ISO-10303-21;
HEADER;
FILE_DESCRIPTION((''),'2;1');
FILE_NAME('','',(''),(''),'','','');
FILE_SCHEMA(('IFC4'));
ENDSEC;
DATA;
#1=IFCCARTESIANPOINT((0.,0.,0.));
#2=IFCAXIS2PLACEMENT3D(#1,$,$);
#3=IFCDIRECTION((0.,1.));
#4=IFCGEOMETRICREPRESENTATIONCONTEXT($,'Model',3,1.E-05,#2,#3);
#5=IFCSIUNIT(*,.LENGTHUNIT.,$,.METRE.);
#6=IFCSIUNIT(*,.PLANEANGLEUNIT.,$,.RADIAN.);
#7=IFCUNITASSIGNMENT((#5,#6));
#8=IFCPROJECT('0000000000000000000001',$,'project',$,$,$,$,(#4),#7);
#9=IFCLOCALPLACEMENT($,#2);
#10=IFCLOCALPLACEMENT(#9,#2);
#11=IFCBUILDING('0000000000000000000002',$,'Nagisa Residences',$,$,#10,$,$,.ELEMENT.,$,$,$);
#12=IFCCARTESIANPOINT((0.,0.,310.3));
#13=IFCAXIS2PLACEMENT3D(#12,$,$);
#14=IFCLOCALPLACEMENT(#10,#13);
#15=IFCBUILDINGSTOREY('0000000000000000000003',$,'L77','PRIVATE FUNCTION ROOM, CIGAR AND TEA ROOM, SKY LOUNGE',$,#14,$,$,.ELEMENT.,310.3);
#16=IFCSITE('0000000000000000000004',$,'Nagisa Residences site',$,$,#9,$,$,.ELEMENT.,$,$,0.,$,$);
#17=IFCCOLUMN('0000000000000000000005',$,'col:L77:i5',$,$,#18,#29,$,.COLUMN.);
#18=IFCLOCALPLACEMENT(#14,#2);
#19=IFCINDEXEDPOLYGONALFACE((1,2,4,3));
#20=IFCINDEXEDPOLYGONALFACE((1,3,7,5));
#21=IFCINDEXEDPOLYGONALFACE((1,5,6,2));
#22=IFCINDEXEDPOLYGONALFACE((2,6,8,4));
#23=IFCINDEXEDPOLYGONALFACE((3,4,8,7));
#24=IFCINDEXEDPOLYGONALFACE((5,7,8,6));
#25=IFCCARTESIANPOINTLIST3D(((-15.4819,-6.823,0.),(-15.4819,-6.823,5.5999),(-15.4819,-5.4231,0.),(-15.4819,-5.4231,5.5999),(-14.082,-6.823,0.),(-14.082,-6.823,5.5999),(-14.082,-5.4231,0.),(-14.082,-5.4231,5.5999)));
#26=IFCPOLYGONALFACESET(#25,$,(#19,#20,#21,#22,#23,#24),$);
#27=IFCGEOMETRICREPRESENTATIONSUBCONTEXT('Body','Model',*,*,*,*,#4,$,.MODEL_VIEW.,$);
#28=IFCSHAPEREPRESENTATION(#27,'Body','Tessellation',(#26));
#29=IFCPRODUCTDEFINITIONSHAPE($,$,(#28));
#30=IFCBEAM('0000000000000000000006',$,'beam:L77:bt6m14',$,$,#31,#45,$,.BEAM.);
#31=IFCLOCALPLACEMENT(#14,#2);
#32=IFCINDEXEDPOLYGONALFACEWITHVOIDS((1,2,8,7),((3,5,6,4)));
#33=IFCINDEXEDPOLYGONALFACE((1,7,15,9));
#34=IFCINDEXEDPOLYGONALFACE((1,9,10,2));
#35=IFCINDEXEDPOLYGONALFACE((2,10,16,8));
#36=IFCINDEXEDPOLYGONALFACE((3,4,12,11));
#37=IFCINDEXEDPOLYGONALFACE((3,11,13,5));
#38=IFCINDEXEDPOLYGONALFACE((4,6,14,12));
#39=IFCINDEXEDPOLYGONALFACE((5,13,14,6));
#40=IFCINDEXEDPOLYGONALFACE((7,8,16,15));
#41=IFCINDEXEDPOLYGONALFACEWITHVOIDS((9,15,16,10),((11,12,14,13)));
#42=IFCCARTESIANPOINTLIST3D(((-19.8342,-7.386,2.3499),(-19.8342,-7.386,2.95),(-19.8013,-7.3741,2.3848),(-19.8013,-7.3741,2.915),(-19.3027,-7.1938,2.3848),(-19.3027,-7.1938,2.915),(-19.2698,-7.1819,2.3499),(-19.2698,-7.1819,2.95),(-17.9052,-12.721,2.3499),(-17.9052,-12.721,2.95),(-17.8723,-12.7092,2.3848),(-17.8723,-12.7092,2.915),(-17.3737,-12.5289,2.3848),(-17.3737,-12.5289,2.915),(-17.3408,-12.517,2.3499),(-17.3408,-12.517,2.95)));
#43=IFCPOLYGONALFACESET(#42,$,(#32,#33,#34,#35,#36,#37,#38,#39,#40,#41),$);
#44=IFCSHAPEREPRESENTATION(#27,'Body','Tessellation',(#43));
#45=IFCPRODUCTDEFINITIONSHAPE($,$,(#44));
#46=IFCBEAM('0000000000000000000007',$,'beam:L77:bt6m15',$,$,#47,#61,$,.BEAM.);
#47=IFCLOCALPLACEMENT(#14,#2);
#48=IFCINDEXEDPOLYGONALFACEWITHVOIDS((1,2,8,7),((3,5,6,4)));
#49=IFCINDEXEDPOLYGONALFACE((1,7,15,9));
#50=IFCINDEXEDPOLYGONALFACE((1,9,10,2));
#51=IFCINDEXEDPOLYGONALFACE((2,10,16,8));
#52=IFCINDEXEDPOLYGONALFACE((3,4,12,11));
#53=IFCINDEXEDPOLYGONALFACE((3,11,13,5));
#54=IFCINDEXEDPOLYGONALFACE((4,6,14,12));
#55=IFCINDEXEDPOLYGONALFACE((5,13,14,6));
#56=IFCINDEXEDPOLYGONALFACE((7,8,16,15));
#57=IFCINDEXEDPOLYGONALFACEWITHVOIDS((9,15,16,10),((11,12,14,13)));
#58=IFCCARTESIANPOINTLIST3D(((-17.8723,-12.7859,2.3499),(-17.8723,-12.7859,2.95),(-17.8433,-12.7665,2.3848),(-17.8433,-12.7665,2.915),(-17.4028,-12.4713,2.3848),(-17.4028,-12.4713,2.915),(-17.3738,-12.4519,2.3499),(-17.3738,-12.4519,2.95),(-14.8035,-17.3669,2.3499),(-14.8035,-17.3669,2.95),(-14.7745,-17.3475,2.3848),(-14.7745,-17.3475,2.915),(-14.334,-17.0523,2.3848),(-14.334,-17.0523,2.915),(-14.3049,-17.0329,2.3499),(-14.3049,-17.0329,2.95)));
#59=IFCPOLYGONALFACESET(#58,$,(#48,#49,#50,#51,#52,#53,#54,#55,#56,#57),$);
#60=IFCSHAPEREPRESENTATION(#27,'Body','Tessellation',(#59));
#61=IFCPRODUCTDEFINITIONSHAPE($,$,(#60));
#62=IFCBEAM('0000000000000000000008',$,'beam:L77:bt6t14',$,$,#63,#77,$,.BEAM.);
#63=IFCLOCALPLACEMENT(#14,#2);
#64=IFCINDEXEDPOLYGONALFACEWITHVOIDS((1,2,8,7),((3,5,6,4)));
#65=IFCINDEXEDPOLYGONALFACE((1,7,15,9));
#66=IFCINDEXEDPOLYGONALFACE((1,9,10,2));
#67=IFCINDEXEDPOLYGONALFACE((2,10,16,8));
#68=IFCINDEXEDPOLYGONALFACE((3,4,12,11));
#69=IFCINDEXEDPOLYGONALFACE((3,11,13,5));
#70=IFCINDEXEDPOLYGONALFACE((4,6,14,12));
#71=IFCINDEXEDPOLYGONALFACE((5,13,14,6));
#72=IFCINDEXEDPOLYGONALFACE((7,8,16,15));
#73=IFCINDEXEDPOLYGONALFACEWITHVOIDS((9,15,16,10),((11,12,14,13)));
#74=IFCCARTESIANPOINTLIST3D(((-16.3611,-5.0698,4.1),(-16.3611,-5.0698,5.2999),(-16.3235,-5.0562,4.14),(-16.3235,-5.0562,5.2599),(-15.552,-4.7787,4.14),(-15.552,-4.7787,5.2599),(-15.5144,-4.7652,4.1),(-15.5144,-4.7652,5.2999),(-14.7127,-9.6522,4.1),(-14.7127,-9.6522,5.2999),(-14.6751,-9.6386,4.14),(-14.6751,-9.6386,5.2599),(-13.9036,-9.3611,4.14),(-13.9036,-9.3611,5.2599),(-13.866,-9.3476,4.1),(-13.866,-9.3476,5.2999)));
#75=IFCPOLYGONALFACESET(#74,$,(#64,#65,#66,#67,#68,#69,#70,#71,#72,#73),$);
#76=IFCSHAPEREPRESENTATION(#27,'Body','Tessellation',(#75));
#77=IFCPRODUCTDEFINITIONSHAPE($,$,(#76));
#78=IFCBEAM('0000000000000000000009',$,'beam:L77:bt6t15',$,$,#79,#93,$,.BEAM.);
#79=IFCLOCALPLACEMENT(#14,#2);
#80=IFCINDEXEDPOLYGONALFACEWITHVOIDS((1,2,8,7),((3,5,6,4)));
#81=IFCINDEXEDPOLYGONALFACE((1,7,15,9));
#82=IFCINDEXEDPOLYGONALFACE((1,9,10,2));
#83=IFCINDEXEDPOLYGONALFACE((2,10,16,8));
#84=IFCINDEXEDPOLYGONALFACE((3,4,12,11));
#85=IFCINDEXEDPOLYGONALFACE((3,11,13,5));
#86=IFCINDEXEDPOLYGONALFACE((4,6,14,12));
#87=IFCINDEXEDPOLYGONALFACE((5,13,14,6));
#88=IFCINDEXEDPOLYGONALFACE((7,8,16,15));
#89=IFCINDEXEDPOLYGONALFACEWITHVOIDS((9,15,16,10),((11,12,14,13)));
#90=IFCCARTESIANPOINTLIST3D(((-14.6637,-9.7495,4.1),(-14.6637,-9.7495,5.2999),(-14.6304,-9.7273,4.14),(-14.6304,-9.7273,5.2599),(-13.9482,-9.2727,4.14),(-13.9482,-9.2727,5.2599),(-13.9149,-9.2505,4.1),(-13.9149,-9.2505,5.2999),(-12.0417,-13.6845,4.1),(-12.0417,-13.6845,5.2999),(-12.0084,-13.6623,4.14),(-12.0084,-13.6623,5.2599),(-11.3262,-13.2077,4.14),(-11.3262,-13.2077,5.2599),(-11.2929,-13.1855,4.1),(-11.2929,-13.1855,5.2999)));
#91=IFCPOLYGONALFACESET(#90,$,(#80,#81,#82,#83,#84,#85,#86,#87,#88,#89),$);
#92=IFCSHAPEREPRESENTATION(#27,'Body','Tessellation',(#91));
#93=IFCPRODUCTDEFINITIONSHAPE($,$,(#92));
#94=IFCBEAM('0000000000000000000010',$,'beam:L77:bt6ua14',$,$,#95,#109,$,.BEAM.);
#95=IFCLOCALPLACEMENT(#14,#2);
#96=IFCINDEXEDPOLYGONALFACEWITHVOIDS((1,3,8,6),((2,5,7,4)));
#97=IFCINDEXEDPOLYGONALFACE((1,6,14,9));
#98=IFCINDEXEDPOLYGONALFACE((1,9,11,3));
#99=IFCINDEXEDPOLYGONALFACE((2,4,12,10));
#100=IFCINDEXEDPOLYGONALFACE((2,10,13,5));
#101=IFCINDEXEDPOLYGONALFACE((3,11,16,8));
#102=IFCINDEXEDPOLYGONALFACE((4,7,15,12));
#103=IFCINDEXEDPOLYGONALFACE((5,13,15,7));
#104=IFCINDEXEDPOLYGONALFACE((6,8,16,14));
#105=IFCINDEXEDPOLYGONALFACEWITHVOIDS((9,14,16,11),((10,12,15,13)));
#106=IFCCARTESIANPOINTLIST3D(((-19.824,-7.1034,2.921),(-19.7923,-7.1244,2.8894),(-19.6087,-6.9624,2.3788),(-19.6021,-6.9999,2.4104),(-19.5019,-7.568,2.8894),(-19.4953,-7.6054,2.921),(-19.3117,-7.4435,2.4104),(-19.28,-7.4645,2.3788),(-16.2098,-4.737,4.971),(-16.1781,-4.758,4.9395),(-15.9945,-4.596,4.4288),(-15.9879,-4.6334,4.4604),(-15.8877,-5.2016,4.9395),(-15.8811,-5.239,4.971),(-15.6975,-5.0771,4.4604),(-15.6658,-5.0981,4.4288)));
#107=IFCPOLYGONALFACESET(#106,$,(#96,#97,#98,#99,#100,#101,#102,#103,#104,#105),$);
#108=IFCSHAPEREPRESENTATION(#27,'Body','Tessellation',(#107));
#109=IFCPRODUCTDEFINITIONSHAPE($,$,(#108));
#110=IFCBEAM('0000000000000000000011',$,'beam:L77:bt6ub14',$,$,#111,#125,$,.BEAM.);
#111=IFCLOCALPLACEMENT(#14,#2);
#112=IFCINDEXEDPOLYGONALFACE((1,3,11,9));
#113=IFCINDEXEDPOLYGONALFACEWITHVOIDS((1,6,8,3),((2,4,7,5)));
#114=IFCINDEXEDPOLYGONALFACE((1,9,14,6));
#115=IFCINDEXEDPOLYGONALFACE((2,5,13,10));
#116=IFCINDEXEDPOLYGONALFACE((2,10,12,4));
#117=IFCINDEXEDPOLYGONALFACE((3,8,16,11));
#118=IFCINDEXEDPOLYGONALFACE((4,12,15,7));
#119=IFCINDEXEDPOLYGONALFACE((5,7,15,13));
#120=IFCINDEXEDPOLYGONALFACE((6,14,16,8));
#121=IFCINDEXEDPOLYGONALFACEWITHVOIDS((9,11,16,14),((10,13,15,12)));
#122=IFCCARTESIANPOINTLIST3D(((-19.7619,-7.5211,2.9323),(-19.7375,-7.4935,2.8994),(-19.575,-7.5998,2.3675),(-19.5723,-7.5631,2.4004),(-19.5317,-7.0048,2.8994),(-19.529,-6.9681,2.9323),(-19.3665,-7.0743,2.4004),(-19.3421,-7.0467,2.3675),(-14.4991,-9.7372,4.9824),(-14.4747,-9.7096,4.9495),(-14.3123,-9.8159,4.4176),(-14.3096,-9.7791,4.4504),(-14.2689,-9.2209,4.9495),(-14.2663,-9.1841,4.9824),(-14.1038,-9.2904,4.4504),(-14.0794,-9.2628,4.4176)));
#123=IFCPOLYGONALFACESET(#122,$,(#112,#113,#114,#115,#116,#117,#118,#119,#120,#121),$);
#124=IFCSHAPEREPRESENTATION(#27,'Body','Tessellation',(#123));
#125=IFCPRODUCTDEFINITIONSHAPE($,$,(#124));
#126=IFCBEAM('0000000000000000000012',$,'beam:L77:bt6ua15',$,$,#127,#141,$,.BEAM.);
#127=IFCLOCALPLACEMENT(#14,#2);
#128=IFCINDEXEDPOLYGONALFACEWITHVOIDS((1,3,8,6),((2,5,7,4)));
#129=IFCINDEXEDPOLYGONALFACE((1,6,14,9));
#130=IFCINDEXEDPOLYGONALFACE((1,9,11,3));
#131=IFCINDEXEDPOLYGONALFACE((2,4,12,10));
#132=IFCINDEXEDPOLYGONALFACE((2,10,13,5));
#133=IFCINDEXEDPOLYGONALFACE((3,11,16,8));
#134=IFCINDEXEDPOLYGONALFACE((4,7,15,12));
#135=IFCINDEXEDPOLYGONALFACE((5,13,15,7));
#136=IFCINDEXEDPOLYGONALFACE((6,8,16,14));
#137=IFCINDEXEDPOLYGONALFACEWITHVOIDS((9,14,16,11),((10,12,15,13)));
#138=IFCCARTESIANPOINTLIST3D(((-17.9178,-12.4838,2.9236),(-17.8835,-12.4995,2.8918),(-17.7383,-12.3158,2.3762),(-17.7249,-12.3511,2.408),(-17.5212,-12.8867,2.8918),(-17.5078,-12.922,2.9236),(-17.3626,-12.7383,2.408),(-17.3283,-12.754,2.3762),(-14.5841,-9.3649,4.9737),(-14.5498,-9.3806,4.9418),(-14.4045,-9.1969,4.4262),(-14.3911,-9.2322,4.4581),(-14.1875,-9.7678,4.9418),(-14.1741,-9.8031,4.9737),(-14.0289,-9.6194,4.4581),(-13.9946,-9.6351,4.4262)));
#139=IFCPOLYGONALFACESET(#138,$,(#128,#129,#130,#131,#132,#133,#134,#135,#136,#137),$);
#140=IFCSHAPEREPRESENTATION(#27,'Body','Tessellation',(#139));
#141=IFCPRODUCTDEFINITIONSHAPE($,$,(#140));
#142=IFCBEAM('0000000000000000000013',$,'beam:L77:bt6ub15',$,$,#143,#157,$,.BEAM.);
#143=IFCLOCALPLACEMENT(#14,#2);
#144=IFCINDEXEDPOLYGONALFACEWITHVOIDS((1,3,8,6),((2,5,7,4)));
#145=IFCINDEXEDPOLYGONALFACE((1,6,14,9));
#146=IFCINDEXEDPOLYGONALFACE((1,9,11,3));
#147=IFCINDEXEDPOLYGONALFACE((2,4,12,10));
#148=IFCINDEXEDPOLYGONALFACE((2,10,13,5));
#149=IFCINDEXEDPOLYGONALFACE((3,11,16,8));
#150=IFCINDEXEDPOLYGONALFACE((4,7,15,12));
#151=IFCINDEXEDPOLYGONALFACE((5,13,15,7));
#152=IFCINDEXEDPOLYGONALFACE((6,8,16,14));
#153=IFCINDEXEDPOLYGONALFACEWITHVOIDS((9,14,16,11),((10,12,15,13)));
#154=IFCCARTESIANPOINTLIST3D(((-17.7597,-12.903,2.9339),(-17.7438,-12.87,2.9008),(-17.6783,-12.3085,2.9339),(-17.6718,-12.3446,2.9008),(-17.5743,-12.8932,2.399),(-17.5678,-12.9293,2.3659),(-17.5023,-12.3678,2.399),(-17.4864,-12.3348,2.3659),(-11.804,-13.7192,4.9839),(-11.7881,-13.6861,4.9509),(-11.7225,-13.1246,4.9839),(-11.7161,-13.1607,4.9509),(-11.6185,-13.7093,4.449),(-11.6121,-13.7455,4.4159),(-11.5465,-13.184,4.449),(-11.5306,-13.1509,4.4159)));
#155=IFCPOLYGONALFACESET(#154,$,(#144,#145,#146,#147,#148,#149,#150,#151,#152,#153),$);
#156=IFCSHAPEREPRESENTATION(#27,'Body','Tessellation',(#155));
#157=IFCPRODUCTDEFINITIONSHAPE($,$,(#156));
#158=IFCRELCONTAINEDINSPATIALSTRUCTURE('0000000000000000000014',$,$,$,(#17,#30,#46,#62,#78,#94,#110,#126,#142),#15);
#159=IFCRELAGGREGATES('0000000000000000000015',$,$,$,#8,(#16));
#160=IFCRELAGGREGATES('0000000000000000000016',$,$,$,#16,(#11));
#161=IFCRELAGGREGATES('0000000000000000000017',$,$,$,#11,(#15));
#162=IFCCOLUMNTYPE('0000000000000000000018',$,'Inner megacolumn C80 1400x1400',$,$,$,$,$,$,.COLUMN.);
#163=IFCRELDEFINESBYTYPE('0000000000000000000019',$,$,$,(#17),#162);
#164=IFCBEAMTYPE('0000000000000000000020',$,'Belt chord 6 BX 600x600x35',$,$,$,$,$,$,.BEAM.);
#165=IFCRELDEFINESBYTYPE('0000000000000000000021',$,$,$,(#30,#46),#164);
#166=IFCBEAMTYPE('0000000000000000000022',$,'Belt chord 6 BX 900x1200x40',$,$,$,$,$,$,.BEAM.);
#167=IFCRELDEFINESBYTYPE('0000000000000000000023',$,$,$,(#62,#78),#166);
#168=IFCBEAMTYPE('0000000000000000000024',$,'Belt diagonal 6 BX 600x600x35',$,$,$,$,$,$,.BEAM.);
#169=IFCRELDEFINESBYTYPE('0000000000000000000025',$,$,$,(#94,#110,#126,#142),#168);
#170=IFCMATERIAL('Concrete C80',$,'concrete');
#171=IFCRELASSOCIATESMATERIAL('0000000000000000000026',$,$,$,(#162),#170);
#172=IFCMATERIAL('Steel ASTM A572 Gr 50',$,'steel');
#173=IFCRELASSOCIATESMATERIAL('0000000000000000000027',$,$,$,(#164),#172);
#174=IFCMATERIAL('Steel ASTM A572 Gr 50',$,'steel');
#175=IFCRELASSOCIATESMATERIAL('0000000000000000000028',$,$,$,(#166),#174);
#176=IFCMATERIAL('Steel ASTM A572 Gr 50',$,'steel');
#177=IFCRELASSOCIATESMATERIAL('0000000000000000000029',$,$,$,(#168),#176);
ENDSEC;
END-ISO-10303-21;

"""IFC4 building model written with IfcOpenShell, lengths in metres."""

from ifc_helpers import new_model, si_unit, direction, frame, origin, origin_2d, place, context, subcontext, project, spatial, rectangle, hollow_rectangle, extrude, material, material_profile, profile_set, type_object, element, save


model = new_model("IFC4")

# Units and contexts
model_context = context("Model", 3, precision=1e-05, world=origin(), true_north=direction((0.0, 1.0)))
body_context = subcontext(model_context, "Body", "Model", "MODEL_VIEW")
ifc_project = project(units=[si_unit("LENGTHUNIT", "METRE"), si_unit("PLANEANGLEUNIT", "RADIAN")], contexts=[model_context])

# Site, building, storey
site_placement = place(None, origin())
site = spatial("IfcSite", under=ifc_project, at=site_placement, Name="Nagisa Residences site", CompositionType="ELEMENT", RefElevation=0.0)
building_placement = place(site_placement, origin())
building = spatial("IfcBuilding", under=site, at=building_placement, Name="Nagisa Residences", CompositionType="ELEMENT")
storey_placement = place(building_placement, frame((0.0, 0.0, 310.3)))
storey = spatial("IfcBuildingStorey", under=building, at=storey_placement, Name="L77", Description="PRIVATE FUNCTION ROOM, CIGAR AND TEA ROOM, SKY LOUNGE", CompositionType="ELEMENT", Elevation=310.3)

# Column
ifc_material_1 = material(Name="Concrete C80", Category="concrete")
ifc_material_profile_1 = material_profile(ifc_material_1, rectangle(XDim=1.3999, YDim=1.3999, at=origin_2d()), Name="C80 1400x1400")
ifc_profile_set_1 = profile_set([ifc_material_profile_1], Name="Concrete C80")
column_type = type_object("IfcColumnType", Name="Inner megacolumn C80 1400x1400", PredefinedType="COLUMN", material=ifc_profile_set_1)
column_placement = place(storey_placement, frame((-14.782, -6.123, 0.0), z_axis=(0.0, 0.0, 1.0), x_axis=(1.0, 0.0, 0.0)))
element("IfcColumn", 1, at=column_placement, inside=storey, type_object=column_type, Name="col:L77:i5", PredefinedType="COLUMN", context=body_context, shape_type="SweptSolid", body=[
    extrude(rectangle(XDim=1.3999, YDim=1.3999, at=origin_2d()), origin(), (0.0, 0.0, 1.0), 5.5999),
])

# Beams
ifc_material_2 = material(Name="Steel ASTM A572 Gr 50", Category="steel")
ifc_material_profile_2 = material_profile(ifc_material_2, hollow_rectangle(XDim=0.6001, YDim=0.6001, WallThickness=0.0349, at=origin_2d()), Name="BX 600x600x35")
ifc_profile_set_2 = profile_set([ifc_material_profile_2], Name="Steel ASTM A572 Gr 50")
beam_type_1 = type_object("IfcBeamType", Name="Belt chord 6 BX 600x600x35", PredefinedType="BEAM", material=ifc_profile_set_2)
beam_1_placement = place(storey_placement, frame((-19.552, -7.2839, 2.6499), z_axis=(0.340025, -0.940416, 0.0), x_axis=(0.940416, 0.340025, 0.0)))
element("IfcBeam", 2, at=beam_1_placement, inside=storey, type_object=beam_type_1, Name="beam:L77:bt6m14", PredefinedType="BEAM", context=body_context, shape_type="SweptSolid", body=[
    extrude(hollow_rectangle(XDim=0.6001, YDim=0.6001, WallThickness=0.0349, at=origin_2d()), origin(), (0.0, 0.0, 1.0), 5.6731),
])
beam_2_placement = place(storey_placement, frame((-17.623, -12.6189, 2.6499), z_axis=(0.556558, -0.830808, 0.0), x_axis=(0.830808, 0.556558, 0.0)))
element("IfcBeam", 3, at=beam_2_placement, inside=storey, type_object=beam_type_1, Name="beam:L77:bt6m15", PredefinedType="BEAM", context=body_context, shape_type="SweptSolid", body=[
    extrude(hollow_rectangle(XDim=0.6001, YDim=0.6001, WallThickness=0.0349, at=origin_2d()), origin(), (0.0, 0.0, 1.0), 5.5139),
])
ifc_material_3 = material(Name="Steel ASTM A572 Gr 50", Category="steel")
ifc_material_profile_3 = material_profile(ifc_material_3, hollow_rectangle(XDim=0.8999, YDim=1.2, WallThickness=0.04, at=origin_2d()), Name="BX 900x1200x40")
ifc_profile_set_3 = profile_set([ifc_material_profile_3], Name="Steel ASTM A572 Gr 50")
beam_type_2 = type_object("IfcBeamType", Name="Belt chord 6 BX 900x1200x40", PredefinedType="BEAM", material=ifc_profile_set_3)
beam_3_placement = place(storey_placement, frame((-15.9377, -4.9175, 4.7), z_axis=(0.338489, -0.94097, 0.0), x_axis=(0.94097, 0.338489, 0.0)))
element("IfcBeam", 4, at=beam_3_placement, inside=storey, type_object=beam_type_2, Name="beam:L77:bt6t14", PredefinedType="BEAM", context=body_context, shape_type="SweptSolid", body=[
    extrude(hollow_rectangle(XDim=0.8999, YDim=1.2, WallThickness=0.04, at=origin_2d()), origin(), (0.0, 0.0, 1.0), 4.8699),
])
beam_4_placement = place(storey_placement, frame((-14.2893, -9.5, 4.7), z_axis=(0.55451, -0.832177, 0.0), x_axis=(0.832177, 0.55451, 0.0)))
element("IfcBeam", 5, at=beam_4_placement, inside=storey, type_object=beam_type_2, Name="beam:L77:bt6t15", PredefinedType="BEAM", context=body_context, shape_type="SweptSolid", body=[
    extrude(hollow_rectangle(XDim=0.8999, YDim=1.2, WallThickness=0.04, at=origin_2d()), origin(), (0.0, 0.0, 1.0), 4.7285),
])
ifc_material_4 = material(Name="Steel ASTM A572 Gr 50", Category="steel")
ifc_material_profile_4 = material_profile(ifc_material_4, hollow_rectangle(XDim=0.6001, YDim=0.6001, WallThickness=0.0349, at=origin_2d()), Name="BX 600x600x35")
ifc_profile_set_4 = profile_set([ifc_material_profile_4], Name="Steel ASTM A572 Gr 50")
beam_type_3 = type_object("IfcBeamType", Name="Belt diagonal 6 BX 600x600x35", PredefinedType="BEAM", material=ifc_profile_set_4)
beam_5_placement = place(storey_placement, frame((-19.552, -7.2839, 2.6499), z_axis=(0.755835, 0.494887, 0.428719), x_axis=(-0.547782, 0.836621, 0.0)))
element("IfcBeam", 6, at=beam_5_placement, inside=storey, type_object=beam_type_3, Name="beam:L77:bt6ua14", PredefinedType="BEAM", context=body_context, shape_type="SweptSolid", body=[
    extrude(hollow_rectangle(XDim=0.6001, YDim=0.6001, WallThickness=0.0349, at=origin_2d()), origin(), (0.0, 0.0, 1.0), 4.7817),
])
beam_6_placement = place(storey_placement, frame((-19.552, -7.2839, 2.6499), z_axis=(0.867416, -0.36526, 0.337896), x_axis=(0.388086, 0.921623, 0.0)))
element("IfcBeam", 7, at=beam_6_placement, inside=storey, type_object=beam_type_3, Name="beam:L77:bt6ub14", PredefinedType="BEAM", context=body_context, shape_type="SweptSolid", body=[
    extrude(hollow_rectangle(XDim=0.6001, YDim=0.6001, WallThickness=0.0349, at=origin_2d()), origin(), (0.0, 0.0, 1.0), 6.0671),
])
beam_7_placement = place(storey_placement, frame((-17.623, -12.6189, 2.6499), z_axis=(0.666162, 0.623231, 0.409649), x_axis=(-0.683185, 0.730246, 0.0)))
element("IfcBeam", 8, at=beam_7_placement, inside=storey, type_object=beam_type_3, Name="beam:L77:bt6ua15", PredefinedType="BEAM", context=body_context, shape_type="SweptSolid", body=[
    extrude(hollow_rectangle(XDim=0.6001, YDim=0.6001, WallThickness=0.0349, at=origin_2d()), origin(), (0.0, 0.0, 1.0), 5.0044),
])
beam_8_placement = place(storey_placement, frame((-17.623, -12.6189, 2.6499), z_axis=(0.937714, -0.128501, 0.32277), x_axis=(0.135767, 0.990741, 0.0)))
element("IfcBeam", 9, at=beam_8_placement, inside=storey, type_object=beam_type_3, Name="beam:L77:bt6ub15", PredefinedType="BEAM", context=body_context, shape_type="SweptSolid", body=[
    extrude(hollow_rectangle(XDim=0.6001, YDim=0.6001, WallThickness=0.0349, at=origin_2d()), origin(), (0.0, 0.0, 1.0), 6.3513),
])

save(model, "model.ifc")
